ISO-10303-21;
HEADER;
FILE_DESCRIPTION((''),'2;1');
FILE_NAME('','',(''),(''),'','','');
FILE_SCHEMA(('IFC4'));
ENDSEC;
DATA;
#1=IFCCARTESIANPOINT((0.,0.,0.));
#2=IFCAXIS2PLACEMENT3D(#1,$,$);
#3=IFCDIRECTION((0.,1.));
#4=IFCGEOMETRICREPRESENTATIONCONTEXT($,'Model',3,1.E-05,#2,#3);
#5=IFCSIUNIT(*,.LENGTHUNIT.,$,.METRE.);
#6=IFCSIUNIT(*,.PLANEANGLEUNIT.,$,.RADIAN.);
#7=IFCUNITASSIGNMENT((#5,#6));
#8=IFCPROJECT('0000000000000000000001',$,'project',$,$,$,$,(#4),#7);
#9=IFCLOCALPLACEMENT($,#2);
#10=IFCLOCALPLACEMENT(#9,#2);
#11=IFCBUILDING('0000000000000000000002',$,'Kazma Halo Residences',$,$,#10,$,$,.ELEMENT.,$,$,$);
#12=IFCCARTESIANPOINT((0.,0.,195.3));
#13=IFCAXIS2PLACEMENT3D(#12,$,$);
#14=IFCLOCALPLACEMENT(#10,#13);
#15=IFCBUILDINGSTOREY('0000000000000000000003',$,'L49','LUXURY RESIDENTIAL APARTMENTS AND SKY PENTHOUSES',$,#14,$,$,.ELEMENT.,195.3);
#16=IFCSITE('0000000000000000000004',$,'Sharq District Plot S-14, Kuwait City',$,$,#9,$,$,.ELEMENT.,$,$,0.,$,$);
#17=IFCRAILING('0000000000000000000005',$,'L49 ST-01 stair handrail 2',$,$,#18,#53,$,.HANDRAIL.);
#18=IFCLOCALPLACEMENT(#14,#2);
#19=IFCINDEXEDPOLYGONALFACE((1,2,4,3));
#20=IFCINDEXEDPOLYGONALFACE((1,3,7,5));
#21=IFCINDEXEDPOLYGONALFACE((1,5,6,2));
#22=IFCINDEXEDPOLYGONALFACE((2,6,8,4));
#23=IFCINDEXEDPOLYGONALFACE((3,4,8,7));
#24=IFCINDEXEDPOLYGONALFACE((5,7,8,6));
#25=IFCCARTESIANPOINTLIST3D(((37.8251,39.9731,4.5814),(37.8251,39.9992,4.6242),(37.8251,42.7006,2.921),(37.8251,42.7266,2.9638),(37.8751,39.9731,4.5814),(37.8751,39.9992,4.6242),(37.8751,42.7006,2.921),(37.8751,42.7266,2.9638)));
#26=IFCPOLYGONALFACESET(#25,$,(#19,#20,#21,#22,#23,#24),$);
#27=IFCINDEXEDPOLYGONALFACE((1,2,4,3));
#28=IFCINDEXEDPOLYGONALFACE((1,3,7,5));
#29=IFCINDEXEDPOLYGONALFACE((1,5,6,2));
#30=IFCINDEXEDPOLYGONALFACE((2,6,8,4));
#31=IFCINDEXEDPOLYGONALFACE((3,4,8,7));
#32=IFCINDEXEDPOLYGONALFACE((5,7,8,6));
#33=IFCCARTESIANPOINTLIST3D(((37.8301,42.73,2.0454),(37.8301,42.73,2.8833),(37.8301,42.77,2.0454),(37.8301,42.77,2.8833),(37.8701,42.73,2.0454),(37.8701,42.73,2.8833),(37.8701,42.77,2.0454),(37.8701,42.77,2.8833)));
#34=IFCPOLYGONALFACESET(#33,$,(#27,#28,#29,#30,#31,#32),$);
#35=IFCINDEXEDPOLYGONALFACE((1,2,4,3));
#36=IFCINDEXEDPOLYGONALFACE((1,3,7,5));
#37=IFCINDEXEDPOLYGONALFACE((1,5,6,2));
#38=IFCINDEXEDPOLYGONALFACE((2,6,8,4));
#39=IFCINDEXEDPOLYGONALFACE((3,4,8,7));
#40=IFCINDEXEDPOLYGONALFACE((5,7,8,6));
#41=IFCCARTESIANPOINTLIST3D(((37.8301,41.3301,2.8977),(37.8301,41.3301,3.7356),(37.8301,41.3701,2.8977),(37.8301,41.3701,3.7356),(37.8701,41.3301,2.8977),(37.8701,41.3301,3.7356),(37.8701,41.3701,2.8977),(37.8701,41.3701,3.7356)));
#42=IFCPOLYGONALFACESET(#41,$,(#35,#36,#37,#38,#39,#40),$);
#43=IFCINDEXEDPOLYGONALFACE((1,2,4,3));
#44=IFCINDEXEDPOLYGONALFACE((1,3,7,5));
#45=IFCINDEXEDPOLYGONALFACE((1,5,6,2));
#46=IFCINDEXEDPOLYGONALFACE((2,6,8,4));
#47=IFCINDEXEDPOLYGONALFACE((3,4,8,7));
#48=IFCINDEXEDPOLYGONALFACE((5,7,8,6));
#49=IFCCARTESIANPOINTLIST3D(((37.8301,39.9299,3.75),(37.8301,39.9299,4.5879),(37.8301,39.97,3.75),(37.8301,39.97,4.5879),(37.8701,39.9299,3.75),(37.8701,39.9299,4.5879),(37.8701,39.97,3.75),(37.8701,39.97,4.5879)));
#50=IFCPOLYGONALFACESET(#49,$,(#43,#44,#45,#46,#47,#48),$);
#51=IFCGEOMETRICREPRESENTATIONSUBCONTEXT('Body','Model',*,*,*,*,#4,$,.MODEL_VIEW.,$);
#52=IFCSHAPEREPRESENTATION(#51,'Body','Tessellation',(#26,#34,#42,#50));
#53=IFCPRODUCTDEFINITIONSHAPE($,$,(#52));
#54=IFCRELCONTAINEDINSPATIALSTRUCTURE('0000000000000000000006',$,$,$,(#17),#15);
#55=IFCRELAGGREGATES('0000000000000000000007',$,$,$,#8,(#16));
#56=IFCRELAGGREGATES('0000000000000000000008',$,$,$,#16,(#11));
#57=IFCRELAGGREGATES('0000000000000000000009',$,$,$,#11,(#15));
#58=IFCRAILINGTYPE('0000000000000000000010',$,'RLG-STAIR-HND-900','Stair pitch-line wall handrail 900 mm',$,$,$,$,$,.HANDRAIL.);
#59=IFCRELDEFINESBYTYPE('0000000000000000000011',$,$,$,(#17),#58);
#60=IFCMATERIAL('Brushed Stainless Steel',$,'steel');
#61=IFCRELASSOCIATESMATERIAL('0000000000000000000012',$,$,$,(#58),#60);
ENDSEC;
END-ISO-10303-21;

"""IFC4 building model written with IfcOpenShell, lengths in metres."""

from ifc_helpers import new_model, si_unit, direction, frame, origin, origin_2d, place, context, subcontext, project, spatial, rectangle, extrude, material, type_object, element, save


model = new_model("IFC4")

# Units and contexts
model_context = context("Model", 3, precision=1e-05, world=origin(), true_north=direction((0.0, 1.0)))
body_context = subcontext(model_context, "Body", "Model", "MODEL_VIEW")
ifc_project = project(units=[si_unit("LENGTHUNIT", "METRE"), si_unit("PLANEANGLEUNIT", "RADIAN")], contexts=[model_context])

# Site, building, storey
site_placement = place(None, origin())
site = spatial("IfcSite", under=ifc_project, at=site_placement, Name="Sharq District Plot S-14, Kuwait City", CompositionType="ELEMENT", RefElevation=0.0)
building_placement = place(site_placement, origin())
building = spatial("IfcBuilding", under=site, at=building_placement, Name="Kazma Halo Residences", CompositionType="ELEMENT")
storey_placement = place(building_placement, frame((0.0, 0.0, 195.3)))
storey = spatial("IfcBuildingStorey", under=building, at=storey_placement, Name="L49", Description="LUXURY RESIDENTIAL APARTMENTS AND SKY PENTHOUSES", CompositionType="ELEMENT", Elevation=195.3)

# Railing
ifc_material_1 = material(Name="Brushed Stainless Steel", Category="steel")
railing_type_1 = type_object("IfcRailingType", Name="RLG-STAIR-HND-900", Description="Stair pitch-line wall handrail 900 mm", PredefinedType="HANDRAIL", material=ifc_material_1)
railing_1_placement = place(storey_placement, frame((37.8501, 42.75, 2.0454)))
element("IfcRailing", 1, at=railing_1_placement, inside=storey, type_object=railing_type_1, Name="L49 ST-01 stair handrail 2", PredefinedType="HANDRAIL", context=body_context, shape_type="SweptSolid", body=[
    extrude(rectangle(XDim=0.05, YDim=0.05, at=origin_2d()), frame((0.0, -0.0364, 0.897), z_axis=(0.0, -0.85417, 0.519994), x_axis=(1.0, 0.0, 0.0)), (0.0, 0.0, 1.0), 3.1931),
    extrude(rectangle(XDim=0.04, YDim=0.04, at=origin_2d()), origin(), (0.0, 0.0, 1.0), 0.8379),
    extrude(rectangle(XDim=0.04, YDim=0.04, at=origin_2d()), frame((0.0, -1.3999, 0.8523)), (0.0, 0.0, 1.0), 0.8379),
    extrude(rectangle(XDim=0.04, YDim=0.04, at=origin_2d()), frame((0.0, -2.8, 1.7046)), (0.0, 0.0, 1.0), 0.8379),
])

save(model, "model.ifc")
